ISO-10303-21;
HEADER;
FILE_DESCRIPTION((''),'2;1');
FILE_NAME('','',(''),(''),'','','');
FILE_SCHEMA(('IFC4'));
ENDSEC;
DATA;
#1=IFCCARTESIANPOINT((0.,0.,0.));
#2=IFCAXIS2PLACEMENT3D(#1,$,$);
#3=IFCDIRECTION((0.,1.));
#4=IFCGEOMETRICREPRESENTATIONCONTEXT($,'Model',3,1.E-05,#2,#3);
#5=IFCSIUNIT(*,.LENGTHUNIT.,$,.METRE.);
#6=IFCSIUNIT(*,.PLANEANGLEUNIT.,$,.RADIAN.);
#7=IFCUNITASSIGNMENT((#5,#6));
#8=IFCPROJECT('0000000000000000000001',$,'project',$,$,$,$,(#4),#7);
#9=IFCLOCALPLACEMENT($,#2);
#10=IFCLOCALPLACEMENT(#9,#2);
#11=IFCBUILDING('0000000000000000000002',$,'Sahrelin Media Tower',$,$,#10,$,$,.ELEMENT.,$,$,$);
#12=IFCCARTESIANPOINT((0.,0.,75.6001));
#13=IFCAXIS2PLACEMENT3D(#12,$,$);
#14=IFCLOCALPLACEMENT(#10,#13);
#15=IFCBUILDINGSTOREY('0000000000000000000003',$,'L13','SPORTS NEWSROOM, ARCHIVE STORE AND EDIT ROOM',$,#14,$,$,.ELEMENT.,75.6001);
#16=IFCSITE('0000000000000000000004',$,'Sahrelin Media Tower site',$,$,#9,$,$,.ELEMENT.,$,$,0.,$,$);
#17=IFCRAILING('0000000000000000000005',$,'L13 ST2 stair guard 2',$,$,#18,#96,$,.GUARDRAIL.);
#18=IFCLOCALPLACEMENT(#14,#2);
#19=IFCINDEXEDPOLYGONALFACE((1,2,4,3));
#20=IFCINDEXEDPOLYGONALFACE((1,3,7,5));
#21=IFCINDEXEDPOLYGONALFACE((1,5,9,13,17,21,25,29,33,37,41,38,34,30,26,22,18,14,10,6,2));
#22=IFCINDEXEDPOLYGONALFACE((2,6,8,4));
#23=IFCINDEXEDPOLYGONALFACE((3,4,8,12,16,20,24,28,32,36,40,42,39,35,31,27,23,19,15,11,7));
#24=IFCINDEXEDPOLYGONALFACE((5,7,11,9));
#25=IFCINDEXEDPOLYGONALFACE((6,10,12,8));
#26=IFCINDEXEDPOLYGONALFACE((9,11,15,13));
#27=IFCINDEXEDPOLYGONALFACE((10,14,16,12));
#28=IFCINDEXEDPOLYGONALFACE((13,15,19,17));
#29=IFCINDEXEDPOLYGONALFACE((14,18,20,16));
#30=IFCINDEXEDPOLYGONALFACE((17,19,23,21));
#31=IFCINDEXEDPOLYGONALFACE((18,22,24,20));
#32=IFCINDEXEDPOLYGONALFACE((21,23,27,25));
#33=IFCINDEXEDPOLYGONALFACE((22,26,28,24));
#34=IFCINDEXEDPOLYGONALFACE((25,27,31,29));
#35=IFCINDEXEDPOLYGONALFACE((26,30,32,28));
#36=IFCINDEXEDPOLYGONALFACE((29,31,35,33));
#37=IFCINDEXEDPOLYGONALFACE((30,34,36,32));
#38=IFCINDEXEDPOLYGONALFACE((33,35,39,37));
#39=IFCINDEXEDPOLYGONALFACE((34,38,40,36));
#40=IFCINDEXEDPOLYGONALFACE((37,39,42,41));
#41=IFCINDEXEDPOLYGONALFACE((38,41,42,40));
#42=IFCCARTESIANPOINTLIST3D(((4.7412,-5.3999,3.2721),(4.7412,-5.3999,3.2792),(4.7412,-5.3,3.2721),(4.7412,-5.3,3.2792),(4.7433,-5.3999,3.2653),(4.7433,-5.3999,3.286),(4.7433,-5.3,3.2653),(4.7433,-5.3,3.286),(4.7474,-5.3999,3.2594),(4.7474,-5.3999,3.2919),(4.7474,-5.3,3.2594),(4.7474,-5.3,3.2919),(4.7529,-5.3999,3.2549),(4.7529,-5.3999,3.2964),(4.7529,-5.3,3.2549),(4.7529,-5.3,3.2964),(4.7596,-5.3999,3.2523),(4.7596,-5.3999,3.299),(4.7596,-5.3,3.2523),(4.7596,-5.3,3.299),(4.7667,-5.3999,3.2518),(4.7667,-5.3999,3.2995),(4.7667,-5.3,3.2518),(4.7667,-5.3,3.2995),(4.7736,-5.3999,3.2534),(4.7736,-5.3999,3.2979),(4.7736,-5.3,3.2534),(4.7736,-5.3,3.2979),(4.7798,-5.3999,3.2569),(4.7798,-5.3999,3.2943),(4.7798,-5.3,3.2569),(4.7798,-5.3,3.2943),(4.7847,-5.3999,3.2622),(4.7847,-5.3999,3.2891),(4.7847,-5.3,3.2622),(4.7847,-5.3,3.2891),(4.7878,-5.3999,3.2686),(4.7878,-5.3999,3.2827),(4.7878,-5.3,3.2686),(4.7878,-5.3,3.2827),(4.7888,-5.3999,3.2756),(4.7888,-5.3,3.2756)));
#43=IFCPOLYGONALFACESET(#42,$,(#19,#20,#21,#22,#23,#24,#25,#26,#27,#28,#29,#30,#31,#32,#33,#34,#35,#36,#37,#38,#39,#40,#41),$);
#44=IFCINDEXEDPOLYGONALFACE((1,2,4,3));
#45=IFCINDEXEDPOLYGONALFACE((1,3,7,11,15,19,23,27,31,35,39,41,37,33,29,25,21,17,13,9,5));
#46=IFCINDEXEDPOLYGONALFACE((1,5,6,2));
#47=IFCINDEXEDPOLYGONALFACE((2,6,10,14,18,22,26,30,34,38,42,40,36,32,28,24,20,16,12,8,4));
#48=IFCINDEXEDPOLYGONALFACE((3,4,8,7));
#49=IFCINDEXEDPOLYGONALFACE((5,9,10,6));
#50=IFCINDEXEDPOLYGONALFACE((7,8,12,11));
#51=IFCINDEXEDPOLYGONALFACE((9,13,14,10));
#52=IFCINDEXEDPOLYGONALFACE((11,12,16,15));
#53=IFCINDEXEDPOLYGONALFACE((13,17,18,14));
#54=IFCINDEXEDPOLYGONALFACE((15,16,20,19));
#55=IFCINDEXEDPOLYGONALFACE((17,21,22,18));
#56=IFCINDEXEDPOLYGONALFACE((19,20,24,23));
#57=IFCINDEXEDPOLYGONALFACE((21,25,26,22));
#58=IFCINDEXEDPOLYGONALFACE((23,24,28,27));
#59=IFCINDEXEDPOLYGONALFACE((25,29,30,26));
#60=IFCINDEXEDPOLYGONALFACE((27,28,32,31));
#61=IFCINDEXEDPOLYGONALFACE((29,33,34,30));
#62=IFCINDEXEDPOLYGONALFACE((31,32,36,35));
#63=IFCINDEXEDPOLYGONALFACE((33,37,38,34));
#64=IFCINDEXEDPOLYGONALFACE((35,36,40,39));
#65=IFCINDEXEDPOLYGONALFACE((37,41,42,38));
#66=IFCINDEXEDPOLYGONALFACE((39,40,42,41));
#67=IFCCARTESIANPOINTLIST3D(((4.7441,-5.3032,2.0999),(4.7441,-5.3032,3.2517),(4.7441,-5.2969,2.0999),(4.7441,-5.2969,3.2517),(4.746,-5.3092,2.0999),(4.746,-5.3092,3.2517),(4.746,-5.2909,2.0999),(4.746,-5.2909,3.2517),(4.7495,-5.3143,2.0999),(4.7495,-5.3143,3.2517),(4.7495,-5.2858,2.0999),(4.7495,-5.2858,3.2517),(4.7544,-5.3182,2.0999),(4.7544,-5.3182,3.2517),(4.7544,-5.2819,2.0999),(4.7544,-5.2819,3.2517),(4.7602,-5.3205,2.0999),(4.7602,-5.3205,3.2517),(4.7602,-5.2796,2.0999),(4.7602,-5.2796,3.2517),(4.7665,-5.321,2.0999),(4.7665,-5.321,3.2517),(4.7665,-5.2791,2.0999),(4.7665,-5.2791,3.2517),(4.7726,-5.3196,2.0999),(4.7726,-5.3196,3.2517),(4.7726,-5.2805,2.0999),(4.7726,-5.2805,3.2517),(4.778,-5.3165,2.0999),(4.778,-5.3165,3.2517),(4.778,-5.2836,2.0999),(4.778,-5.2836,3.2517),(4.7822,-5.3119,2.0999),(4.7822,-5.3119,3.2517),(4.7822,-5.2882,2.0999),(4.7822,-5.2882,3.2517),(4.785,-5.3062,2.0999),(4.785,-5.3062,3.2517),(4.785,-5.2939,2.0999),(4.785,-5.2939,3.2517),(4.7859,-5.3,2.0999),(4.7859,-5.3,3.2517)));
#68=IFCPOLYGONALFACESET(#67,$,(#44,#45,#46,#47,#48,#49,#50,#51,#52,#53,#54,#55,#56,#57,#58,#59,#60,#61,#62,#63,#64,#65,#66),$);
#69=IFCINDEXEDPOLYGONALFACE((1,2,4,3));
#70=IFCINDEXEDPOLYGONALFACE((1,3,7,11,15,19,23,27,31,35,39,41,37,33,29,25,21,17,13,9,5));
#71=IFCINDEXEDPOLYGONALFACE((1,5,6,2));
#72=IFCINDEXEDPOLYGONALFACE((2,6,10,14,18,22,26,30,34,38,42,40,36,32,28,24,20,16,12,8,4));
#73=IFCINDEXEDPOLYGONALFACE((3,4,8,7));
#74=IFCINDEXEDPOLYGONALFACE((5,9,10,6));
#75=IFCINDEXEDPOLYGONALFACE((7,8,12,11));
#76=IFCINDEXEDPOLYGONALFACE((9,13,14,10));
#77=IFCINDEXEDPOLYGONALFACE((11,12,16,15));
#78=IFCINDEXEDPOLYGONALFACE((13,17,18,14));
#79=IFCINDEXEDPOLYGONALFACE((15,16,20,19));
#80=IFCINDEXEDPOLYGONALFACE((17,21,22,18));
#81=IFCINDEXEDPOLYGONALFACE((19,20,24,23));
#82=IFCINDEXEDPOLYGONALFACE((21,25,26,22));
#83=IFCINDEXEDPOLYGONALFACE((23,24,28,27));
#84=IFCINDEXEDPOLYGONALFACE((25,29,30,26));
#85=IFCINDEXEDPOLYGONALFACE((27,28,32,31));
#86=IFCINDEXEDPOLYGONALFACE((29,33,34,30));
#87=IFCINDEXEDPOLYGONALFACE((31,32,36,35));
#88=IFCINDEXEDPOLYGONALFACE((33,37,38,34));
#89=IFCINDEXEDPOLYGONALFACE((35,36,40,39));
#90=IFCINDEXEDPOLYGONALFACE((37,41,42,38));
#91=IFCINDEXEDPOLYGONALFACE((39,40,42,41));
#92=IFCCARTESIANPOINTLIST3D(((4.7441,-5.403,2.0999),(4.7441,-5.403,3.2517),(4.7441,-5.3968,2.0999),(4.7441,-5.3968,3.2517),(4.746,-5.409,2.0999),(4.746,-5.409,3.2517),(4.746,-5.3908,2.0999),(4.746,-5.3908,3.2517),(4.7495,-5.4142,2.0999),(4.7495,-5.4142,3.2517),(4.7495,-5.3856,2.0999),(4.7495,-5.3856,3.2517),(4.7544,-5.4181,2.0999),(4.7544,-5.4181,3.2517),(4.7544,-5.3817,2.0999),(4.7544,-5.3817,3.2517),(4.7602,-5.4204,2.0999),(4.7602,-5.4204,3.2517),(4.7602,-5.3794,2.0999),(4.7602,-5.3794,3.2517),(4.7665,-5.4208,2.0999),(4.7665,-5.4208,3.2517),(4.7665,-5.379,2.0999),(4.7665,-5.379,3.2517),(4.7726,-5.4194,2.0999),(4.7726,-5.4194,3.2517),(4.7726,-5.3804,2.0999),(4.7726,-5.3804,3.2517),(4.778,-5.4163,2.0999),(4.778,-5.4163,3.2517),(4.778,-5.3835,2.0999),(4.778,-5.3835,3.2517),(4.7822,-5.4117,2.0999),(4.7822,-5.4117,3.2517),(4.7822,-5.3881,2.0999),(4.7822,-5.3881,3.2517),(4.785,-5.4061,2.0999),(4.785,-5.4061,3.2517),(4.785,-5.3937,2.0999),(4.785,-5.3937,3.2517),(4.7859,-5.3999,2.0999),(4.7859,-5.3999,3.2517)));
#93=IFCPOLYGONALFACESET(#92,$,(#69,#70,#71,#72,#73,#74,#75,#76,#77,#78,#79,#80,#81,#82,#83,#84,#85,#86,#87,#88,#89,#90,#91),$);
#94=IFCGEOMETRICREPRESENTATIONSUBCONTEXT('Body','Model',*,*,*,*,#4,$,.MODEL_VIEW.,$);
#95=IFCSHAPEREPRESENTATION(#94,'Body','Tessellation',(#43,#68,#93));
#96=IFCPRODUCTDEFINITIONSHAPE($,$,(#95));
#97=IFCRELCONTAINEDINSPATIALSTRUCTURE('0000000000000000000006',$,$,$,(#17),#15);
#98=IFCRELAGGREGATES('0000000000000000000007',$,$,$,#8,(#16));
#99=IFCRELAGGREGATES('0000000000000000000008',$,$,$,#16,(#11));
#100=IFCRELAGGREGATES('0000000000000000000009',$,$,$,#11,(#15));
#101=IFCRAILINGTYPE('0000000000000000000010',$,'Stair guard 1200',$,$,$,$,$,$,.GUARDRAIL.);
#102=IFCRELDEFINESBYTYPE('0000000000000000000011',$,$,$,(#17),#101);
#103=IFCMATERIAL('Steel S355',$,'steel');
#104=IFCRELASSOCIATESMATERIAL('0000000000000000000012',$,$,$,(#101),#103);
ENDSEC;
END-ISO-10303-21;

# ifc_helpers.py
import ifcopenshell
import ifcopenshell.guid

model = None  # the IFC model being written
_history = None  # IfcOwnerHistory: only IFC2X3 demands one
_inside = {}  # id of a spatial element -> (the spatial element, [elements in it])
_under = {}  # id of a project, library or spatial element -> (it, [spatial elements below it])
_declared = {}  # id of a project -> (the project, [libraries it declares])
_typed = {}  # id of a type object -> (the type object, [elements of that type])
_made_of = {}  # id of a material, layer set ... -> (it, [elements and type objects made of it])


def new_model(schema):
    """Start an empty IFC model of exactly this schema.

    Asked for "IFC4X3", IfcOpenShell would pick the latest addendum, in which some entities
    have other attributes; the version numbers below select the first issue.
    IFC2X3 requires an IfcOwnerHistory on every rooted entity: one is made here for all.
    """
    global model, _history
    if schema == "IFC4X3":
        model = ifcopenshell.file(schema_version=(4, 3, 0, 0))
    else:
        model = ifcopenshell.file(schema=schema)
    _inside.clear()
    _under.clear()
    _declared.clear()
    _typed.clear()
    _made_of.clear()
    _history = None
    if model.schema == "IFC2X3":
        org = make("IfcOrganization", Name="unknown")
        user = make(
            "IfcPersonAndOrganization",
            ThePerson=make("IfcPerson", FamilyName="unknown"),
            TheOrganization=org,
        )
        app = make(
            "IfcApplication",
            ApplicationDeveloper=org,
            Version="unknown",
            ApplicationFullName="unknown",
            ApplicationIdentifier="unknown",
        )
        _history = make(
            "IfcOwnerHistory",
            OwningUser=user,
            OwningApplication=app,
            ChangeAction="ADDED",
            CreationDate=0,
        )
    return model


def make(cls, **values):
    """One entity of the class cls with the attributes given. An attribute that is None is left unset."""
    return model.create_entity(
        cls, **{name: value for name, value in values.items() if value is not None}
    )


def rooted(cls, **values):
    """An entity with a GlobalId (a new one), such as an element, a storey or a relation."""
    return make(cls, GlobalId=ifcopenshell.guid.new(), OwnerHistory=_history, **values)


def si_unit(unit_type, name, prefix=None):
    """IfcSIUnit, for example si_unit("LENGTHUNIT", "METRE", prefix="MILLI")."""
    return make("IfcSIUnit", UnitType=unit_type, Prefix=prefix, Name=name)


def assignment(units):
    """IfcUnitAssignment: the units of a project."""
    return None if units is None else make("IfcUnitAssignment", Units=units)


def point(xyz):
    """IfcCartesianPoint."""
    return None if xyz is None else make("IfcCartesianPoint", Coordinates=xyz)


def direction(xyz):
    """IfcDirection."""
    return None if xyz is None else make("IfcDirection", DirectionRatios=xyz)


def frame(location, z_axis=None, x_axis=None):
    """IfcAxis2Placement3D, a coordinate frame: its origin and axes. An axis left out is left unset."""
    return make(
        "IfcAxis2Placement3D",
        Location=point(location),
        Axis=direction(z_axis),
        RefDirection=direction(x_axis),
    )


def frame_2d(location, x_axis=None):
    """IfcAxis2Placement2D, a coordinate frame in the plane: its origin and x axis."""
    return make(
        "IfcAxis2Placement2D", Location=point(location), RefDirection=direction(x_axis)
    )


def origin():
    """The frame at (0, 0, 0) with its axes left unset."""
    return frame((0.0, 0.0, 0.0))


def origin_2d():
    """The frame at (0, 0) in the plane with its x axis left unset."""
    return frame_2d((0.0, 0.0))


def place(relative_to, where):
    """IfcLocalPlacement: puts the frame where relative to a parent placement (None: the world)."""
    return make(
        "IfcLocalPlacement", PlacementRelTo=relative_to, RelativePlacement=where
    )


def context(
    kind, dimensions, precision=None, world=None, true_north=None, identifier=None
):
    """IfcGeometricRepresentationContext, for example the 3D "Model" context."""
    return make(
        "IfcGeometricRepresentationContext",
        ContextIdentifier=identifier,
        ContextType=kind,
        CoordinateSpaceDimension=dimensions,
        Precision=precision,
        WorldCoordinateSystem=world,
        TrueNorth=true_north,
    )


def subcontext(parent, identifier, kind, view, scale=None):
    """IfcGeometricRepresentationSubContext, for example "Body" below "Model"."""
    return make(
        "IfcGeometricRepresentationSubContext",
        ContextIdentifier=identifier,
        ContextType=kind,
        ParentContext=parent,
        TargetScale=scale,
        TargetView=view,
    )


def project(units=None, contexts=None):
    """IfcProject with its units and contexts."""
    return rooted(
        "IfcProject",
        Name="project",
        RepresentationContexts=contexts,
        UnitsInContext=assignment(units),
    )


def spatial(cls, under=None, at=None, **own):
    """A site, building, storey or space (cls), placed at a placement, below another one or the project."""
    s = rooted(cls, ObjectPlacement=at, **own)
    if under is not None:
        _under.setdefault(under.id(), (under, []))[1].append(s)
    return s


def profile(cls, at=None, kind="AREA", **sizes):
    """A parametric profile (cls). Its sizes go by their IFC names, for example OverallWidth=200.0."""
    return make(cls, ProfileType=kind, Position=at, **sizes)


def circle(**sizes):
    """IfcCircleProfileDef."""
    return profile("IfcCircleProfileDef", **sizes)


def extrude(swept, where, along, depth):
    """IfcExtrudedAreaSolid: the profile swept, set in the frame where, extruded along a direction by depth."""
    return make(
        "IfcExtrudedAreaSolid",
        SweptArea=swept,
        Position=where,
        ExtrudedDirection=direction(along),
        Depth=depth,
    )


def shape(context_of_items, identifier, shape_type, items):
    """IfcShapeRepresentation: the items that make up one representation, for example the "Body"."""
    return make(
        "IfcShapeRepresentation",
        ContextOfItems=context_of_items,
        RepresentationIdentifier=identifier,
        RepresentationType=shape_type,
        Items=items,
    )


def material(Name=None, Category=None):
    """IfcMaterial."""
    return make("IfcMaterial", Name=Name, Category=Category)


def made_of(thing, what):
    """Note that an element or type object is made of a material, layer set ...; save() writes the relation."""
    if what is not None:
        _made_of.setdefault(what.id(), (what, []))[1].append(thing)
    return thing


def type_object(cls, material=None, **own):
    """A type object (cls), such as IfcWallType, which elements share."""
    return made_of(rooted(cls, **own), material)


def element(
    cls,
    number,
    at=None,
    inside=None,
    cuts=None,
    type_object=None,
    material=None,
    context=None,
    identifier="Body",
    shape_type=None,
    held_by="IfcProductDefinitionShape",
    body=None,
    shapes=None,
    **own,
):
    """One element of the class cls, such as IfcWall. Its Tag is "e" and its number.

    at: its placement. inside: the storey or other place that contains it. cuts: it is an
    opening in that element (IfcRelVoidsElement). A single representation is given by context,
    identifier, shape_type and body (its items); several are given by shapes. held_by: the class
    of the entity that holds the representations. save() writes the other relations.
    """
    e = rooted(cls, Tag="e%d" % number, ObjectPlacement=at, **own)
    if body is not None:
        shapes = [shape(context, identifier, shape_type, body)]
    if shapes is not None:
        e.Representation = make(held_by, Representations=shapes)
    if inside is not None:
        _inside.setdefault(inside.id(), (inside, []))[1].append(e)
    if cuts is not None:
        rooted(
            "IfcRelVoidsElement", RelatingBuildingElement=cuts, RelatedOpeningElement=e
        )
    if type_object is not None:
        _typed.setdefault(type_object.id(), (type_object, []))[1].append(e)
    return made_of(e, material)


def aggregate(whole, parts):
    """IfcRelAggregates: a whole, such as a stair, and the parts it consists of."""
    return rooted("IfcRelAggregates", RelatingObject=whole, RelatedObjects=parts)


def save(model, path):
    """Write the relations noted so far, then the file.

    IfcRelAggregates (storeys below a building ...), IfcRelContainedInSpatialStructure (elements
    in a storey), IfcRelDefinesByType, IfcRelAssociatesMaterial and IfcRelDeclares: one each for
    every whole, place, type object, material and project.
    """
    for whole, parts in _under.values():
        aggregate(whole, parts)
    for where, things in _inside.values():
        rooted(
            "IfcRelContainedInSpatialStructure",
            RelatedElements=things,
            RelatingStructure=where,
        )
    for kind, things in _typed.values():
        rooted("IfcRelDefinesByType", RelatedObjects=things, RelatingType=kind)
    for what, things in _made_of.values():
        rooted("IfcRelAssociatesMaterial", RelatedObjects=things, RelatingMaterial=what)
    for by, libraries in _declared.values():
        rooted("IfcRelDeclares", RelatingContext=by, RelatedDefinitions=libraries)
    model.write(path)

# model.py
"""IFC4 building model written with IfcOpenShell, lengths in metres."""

from ifc_helpers import new_model, si_unit, direction, frame, origin, origin_2d, place, context, subcontext, project, spatial, circle, extrude, material, type_object, element, save


model = new_model("IFC4")

# Units and contexts
model_context = context("Model", 3, precision=1e-05, world=origin(), true_north=direction((0.0, 1.0)))
body_context = subcontext(model_context, "Body", "Model", "MODEL_VIEW")
ifc_project = project(units=[si_unit("LENGTHUNIT", "METRE"), si_unit("PLANEANGLEUNIT", "RADIAN")], contexts=[model_context])

# Site, building, storey
site_placement = place(None, origin())
site = spatial("IfcSite", under=ifc_project, at=site_placement, Name="Sahrelin Media Tower site", CompositionType="ELEMENT", RefElevation=0.0)
building_placement = place(site_placement, origin())
building = spatial("IfcBuilding", under=site, at=building_placement, Name="Sahrelin Media Tower", CompositionType="ELEMENT")
storey_placement = place(building_placement, frame((0.0, 0.0, 75.6001)))
storey = spatial("IfcBuildingStorey", under=building, at=storey_placement, Name="L13", Description="SPORTS NEWSROOM, ARCHIVE STORE AND EDIT ROOM", CompositionType="ELEMENT", Elevation=75.6001)

# Shared definitions
ifc_material_1 = material(Name="Steel S355", Category="steel")

# Railing
railing_type_1 = type_object("IfcRailingType", Name="Stair guard 1200", PredefinedType="GUARDRAIL", material=ifc_material_1)
railing_1_placement = place(storey_placement, frame((4.7649, -5.3, 2.0999)))
element("IfcRailing", 1, at=railing_1_placement, inside=storey, type_object=railing_type_1, Name="L13 ST2 stair guard 2", PredefinedType="GUARDRAIL", context=body_context, shape_type="SweptSolid", body=[
    extrude(circle(Radius=0.0239, at=origin_2d()), frame((0.0, 0.0, 1.1758), z_axis=(0.0, -1.0, 0.0), x_axis=(1.0, 0.0, 0.0)), (0.0, 0.0, 1.0), 0.0999),
    extrude(circle(Radius=0.021, at=origin_2d()), origin(), (0.0, 0.0, 1.0), 1.1519),
    extrude(circle(Radius=0.021, at=origin_2d()), frame((0.0, -0.0999, 0.0)), (0.0, 0.0, 1.0), 1.1519),
])

save(model, "model.ifc")
